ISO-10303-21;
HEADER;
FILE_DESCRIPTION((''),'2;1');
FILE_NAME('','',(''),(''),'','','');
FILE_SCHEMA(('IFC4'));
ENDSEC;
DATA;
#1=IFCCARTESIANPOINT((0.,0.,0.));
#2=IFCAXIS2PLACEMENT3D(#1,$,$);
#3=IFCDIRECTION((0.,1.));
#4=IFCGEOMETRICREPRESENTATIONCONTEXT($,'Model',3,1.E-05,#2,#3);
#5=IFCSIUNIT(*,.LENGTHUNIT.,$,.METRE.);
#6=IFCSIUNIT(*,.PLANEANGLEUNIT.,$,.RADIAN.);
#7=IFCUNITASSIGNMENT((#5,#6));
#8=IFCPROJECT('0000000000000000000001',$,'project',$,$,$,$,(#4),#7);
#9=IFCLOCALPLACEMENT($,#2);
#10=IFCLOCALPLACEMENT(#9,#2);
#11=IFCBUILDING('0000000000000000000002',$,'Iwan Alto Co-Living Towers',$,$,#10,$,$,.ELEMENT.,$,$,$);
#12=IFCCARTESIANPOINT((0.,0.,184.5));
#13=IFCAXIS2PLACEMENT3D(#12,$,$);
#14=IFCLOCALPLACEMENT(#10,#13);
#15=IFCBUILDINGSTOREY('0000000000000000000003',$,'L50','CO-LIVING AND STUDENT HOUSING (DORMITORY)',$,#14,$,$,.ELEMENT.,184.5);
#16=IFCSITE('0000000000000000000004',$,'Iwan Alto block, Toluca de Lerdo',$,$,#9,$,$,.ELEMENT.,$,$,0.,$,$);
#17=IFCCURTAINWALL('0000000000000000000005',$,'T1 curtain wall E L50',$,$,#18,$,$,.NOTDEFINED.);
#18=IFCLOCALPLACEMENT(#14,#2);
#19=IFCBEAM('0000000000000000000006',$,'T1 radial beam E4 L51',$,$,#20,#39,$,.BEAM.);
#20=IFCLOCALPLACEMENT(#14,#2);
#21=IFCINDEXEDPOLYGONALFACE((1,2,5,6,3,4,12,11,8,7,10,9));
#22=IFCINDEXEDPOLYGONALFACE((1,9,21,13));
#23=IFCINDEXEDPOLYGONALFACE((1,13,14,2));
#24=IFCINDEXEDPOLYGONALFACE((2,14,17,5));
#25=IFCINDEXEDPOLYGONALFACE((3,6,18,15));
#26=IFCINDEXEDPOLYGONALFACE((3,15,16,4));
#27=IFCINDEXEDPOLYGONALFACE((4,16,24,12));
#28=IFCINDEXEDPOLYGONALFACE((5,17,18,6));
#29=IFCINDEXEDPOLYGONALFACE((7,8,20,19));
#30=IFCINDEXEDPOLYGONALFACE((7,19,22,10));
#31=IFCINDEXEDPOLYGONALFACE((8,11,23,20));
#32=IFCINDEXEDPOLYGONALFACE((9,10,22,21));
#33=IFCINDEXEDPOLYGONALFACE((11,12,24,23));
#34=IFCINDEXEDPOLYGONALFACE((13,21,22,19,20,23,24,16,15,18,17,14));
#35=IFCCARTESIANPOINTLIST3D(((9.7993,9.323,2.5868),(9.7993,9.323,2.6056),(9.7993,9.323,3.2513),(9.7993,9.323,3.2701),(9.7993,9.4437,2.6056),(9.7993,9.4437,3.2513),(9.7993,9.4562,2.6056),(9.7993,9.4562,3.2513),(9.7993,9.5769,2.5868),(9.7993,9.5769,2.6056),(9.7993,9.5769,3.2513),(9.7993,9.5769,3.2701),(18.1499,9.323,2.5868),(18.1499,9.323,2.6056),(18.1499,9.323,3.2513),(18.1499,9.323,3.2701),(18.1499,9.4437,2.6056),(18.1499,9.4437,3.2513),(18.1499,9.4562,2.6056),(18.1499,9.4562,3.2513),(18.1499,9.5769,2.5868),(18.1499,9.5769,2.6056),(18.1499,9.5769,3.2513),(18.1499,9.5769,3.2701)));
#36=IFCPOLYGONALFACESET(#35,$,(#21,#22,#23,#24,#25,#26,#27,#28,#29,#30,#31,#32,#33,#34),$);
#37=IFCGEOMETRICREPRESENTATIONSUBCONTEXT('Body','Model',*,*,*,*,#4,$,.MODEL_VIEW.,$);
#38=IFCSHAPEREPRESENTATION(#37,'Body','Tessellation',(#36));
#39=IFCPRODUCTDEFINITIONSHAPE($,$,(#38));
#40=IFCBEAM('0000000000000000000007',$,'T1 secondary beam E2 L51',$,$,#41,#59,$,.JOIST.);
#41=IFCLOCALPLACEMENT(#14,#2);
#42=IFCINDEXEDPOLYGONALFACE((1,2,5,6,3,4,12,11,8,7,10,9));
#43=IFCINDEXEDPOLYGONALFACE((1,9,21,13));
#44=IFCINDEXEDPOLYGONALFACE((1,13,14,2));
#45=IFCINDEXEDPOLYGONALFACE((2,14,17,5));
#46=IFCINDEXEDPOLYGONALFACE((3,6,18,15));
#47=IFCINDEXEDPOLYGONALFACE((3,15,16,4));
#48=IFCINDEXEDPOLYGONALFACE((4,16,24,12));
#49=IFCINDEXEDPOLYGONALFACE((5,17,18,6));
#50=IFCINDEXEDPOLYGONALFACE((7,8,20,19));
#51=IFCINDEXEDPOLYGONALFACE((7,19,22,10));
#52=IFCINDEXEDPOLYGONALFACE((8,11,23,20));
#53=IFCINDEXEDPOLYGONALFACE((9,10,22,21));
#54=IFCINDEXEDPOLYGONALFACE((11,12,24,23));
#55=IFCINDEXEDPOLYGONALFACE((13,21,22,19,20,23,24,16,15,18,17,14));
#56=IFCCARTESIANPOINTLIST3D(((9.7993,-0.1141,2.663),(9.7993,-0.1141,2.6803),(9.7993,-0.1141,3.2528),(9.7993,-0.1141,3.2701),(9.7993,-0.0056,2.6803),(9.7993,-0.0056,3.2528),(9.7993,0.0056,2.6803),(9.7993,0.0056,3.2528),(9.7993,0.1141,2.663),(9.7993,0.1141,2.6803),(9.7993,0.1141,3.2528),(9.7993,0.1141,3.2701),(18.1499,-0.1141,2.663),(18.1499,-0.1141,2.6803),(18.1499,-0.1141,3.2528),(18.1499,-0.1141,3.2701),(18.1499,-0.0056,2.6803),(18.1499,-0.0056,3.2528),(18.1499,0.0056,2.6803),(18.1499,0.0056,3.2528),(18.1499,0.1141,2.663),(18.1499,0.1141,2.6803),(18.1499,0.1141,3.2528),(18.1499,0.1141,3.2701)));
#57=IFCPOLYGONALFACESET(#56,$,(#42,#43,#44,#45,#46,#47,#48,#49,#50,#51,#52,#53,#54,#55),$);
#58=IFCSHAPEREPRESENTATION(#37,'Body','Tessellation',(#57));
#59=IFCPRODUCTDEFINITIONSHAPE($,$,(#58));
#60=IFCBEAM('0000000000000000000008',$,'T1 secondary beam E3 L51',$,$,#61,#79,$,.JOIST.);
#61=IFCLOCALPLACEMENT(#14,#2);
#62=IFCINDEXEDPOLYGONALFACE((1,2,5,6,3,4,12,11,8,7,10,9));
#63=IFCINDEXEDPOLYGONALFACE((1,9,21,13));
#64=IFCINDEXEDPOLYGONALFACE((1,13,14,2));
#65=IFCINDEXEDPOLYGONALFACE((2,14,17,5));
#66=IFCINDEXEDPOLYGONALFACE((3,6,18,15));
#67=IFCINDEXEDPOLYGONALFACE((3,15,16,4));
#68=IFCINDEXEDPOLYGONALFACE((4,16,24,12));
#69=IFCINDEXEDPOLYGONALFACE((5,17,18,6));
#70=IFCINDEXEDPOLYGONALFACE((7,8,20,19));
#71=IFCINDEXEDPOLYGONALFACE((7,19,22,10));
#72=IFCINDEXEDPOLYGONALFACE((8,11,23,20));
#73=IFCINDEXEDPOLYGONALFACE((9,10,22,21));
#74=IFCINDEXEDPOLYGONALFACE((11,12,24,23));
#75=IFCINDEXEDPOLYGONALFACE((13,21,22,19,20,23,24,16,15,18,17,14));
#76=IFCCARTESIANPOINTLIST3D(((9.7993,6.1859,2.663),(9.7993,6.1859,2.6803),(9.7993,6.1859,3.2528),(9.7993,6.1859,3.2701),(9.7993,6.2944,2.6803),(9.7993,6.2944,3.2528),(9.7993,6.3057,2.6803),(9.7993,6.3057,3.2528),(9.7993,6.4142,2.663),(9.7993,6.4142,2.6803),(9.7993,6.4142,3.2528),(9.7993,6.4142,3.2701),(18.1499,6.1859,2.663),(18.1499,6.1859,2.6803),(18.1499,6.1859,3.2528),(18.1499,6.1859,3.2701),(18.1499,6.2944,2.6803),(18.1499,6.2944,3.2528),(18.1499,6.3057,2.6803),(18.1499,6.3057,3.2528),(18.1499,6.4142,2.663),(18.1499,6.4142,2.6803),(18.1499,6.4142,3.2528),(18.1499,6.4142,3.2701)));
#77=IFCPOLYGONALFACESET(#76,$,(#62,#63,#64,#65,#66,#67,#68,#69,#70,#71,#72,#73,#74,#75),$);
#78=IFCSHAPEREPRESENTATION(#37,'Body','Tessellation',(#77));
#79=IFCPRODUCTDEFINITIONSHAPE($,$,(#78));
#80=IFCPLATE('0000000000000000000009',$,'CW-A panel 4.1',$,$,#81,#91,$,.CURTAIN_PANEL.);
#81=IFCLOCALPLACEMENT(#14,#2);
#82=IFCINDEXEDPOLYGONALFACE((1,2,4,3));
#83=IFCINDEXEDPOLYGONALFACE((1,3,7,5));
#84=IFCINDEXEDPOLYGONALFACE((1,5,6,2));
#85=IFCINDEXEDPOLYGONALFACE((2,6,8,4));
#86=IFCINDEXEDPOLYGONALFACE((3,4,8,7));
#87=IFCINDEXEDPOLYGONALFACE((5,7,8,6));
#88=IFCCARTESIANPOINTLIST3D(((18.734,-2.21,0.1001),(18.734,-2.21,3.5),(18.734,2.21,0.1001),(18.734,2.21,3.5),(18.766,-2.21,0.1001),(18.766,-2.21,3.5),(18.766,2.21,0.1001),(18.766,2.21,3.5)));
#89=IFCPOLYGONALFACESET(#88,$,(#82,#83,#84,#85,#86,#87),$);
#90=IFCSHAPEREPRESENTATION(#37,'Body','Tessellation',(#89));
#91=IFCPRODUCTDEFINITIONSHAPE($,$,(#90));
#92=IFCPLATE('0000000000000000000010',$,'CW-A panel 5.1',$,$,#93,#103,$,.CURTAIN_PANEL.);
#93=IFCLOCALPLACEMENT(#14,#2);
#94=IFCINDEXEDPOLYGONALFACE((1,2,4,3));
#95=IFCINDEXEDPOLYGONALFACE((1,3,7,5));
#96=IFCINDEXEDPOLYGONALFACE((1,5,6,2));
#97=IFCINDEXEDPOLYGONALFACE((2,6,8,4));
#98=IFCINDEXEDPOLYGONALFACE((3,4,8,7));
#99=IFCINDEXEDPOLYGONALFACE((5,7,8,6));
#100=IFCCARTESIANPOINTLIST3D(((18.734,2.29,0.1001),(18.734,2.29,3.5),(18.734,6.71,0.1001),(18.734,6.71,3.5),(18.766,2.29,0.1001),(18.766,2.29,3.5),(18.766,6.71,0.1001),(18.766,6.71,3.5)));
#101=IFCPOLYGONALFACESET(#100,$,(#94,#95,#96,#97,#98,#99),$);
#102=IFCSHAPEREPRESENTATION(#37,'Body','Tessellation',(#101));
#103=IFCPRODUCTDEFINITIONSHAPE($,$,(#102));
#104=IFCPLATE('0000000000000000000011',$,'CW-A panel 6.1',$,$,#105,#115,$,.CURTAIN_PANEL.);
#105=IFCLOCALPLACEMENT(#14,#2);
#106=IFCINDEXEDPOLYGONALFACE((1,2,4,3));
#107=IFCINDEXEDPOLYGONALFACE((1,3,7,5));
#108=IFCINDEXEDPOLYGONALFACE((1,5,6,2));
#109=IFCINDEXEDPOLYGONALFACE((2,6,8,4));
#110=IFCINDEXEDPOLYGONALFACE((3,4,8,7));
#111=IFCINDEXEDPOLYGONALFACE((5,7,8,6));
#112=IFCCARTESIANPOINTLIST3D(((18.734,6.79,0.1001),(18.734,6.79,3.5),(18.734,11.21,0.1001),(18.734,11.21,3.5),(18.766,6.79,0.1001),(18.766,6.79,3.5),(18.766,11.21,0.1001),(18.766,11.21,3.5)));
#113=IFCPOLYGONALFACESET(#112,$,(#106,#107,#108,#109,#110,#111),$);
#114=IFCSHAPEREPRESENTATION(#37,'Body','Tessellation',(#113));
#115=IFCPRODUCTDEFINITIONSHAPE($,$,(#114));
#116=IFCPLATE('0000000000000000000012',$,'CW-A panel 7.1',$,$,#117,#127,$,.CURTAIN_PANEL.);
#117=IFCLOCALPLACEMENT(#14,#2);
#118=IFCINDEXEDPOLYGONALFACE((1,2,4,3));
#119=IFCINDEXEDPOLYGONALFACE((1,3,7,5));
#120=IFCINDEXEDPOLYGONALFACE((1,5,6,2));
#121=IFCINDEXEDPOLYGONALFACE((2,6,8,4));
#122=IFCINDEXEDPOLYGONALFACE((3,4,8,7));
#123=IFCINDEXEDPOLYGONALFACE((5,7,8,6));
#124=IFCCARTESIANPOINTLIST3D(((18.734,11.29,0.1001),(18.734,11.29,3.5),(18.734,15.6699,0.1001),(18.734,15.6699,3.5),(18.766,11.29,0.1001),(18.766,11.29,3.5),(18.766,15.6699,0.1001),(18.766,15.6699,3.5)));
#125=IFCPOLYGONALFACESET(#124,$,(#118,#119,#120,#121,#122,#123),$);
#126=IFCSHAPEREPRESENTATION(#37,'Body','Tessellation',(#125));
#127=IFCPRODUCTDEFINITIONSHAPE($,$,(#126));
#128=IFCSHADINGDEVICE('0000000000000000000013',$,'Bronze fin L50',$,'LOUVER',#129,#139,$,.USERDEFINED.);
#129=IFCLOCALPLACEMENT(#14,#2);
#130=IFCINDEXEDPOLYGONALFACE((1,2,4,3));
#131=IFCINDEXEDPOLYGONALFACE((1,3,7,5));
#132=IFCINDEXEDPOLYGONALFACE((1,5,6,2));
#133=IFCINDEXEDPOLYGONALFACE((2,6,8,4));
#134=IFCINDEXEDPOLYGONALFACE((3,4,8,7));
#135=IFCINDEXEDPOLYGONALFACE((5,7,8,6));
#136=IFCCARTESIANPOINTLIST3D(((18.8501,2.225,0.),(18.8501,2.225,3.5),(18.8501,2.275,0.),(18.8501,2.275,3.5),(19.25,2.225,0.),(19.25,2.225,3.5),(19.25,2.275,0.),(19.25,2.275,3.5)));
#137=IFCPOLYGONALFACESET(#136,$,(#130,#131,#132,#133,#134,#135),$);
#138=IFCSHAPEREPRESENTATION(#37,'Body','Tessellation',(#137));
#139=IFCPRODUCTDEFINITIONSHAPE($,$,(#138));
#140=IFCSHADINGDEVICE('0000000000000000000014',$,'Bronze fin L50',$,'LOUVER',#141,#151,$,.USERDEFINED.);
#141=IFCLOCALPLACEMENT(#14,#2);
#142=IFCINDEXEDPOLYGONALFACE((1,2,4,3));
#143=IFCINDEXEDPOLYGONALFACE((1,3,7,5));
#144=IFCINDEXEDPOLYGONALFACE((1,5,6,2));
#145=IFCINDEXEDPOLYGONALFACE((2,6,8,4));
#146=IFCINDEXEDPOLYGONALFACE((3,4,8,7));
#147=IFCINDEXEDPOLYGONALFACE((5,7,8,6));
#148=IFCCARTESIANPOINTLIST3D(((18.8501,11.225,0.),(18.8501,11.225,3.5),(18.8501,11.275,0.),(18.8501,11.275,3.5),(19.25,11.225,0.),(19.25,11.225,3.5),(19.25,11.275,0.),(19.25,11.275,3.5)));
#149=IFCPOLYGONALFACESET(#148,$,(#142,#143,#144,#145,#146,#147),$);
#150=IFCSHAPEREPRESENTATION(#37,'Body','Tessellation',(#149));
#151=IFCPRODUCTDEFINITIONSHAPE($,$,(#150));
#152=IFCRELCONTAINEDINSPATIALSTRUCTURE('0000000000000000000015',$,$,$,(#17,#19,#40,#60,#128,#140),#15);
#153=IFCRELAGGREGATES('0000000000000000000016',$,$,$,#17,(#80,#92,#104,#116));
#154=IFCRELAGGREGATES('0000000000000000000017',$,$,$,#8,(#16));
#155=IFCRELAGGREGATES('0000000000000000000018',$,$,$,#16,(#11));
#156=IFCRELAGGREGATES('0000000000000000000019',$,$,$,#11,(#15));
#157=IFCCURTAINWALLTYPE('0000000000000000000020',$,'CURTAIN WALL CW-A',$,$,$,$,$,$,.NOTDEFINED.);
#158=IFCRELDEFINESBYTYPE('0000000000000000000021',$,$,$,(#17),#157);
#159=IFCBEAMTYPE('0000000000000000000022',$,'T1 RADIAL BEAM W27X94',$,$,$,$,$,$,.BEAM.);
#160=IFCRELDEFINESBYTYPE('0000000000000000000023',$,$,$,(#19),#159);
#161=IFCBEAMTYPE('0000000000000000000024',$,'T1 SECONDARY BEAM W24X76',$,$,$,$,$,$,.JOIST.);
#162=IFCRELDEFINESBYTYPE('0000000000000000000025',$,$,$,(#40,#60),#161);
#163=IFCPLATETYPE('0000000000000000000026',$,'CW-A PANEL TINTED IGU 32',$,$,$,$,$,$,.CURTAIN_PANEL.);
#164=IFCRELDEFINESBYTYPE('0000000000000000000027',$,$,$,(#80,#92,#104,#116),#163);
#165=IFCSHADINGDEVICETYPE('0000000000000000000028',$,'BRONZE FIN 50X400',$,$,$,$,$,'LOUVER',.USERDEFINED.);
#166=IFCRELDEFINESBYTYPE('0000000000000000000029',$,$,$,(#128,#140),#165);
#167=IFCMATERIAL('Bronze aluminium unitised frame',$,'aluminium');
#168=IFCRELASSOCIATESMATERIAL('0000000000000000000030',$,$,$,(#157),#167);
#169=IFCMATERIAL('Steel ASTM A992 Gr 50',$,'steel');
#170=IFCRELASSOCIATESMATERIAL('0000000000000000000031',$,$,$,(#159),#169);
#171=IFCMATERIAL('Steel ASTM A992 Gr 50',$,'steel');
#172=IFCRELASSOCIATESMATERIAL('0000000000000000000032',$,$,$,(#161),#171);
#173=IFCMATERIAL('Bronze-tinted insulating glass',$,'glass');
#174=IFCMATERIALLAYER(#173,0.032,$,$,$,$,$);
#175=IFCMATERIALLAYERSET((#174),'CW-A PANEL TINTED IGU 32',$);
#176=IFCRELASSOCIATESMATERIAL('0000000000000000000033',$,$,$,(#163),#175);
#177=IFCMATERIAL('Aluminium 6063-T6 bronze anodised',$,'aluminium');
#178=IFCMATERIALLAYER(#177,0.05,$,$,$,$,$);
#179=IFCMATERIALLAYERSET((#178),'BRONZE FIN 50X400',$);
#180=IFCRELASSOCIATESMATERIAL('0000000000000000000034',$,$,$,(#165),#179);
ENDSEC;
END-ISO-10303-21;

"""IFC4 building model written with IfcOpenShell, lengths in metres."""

from ifc_helpers import new_model, si_unit, direction, frame, origin, origin_2d, place, context, subcontext, project, spatial, rectangle, i_section, extrude, material, layer, layer_set, material_profile, profile_set, type_object, element, aggregate, save


model = new_model("IFC4")

# Units and contexts
model_context = context("Model", 3, precision=1e-05, world=origin(), true_north=direction((0.0, 1.0)))
body_context = subcontext(model_context, "Body", "Model", "MODEL_VIEW")
ifc_project = project(units=[si_unit("LENGTHUNIT", "METRE"), si_unit("PLANEANGLEUNIT", "RADIAN")], contexts=[model_context])

# Site, building, storey
site_placement = place(None, origin())
site = spatial("IfcSite", under=ifc_project, at=site_placement, Name="Iwan Alto block, Toluca de Lerdo", CompositionType="ELEMENT", RefElevation=0.0)
building_placement = place(site_placement, origin())
building = spatial("IfcBuilding", under=site, at=building_placement, Name="Iwan Alto Co-Living Towers", CompositionType="ELEMENT")
storey_placement = place(building_placement, frame((0.0, 0.0, 184.5)))
storey = spatial("IfcBuildingStorey", under=building, at=storey_placement, Name="L50", Description="CO-LIVING AND STUDENT HOUSING (DORMITORY)", CompositionType="ELEMENT", Elevation=184.5)

# Curtain wall
ifc_material_1 = material(Name="Bronze aluminium unitised frame", Category="aluminium")
curtain_wall_type = type_object("IfcCurtainWallType", Name="CURTAIN WALL CW-A", PredefinedType="NOTDEFINED", material=ifc_material_1)
curtain_wall_placement = place(storey_placement, origin())
curtain_wall = element("IfcCurtainWall", 1, at=curtain_wall_placement, inside=storey, type_object=curtain_wall_type, Name="T1 curtain wall E L50", PredefinedType="NOTDEFINED")

# Beams
ifc_material_2 = material(Name="Steel ASTM A992 Gr 50", Category="steel")
ifc_material_profile_1 = material_profile(ifc_material_2, i_section(OverallWidth=0.2539, OverallDepth=0.6833, WebThickness=0.0125, FlangeThickness=0.0188, at=origin_2d()), Name="W27X94")
ifc_profile_set_1 = profile_set([ifc_material_profile_1], Name="Steel ASTM A992 Gr 50")
beam_type_1 = type_object("IfcBeamType", Name="T1 RADIAL BEAM W27X94", PredefinedType="BEAM", material=ifc_profile_set_1)
for number, where, z_axis, x_axis, name in (
    (2, (18.1499, 9.45, 2.9285), (-1.0, 0.0, 0.0), (0.0, -1.0, 0.0), "T1 radial beam E4 L51"),
):
    element("IfcBeam", number, at=place(storey_placement, frame(where, z_axis=z_axis, x_axis=x_axis)), inside=storey, type_object=beam_type_1, Name=name, PredefinedType="BEAM", context=body_context, shape_type="SweptSolid", body=[
        extrude(i_section(OverallWidth=0.2539, OverallDepth=0.6833, WebThickness=0.0125, FlangeThickness=0.0188, at=origin_2d()), origin(), (0.0, 0.0, 1.0), 8.3506),
    ])
ifc_material_3 = material(Name="Steel ASTM A992 Gr 50", Category="steel")
ifc_material_profile_2 = material_profile(ifc_material_3, i_section(OverallWidth=0.2283, OverallDepth=0.6072, WebThickness=0.0112, FlangeThickness=0.0173, at=origin_2d()), Name="W24X76")
ifc_profile_set_2 = profile_set([ifc_material_profile_2], Name="Steel ASTM A992 Gr 50")
beam_type_2 = type_object("IfcBeamType", Name="T1 SECONDARY BEAM W24X76", PredefinedType="JOIST", material=ifc_profile_set_2)
for number, where, z_axis, x_axis, name in (
    (3, (18.1499, 0.0, 2.9666), (-1.0, 0.0, 0.0), (0.0, -1.0, 0.0), "T1 secondary beam E2 L51"),
    (4, (18.1499, 6.3, 2.9666), (-1.0, 0.0, 0.0), (0.0, -1.0, 0.0), "T1 secondary beam E3 L51"),
):
    element("IfcBeam", number, at=place(storey_placement, frame(where, z_axis=z_axis, x_axis=x_axis)), inside=storey, type_object=beam_type_2, Name=name, PredefinedType="JOIST", context=body_context, shape_type="SweptSolid", body=[
        extrude(i_section(OverallWidth=0.2283, OverallDepth=0.6072, WebThickness=0.0112, FlangeThickness=0.0173, at=origin_2d()), origin(), (0.0, 0.0, 1.0), 8.3506),
    ])

# Plates
ifc_material_4 = material(Name="Bronze-tinted insulating glass", Category="glass")
ifc_layer_1 = layer(ifc_material_4, 0.032)
ifc_layer_set_1 = layer_set([ifc_layer_1], Name="CW-A PANEL TINTED IGU 32")
plate_type = type_object("IfcPlateType", Name="CW-A PANEL TINTED IGU 32", PredefinedType="CURTAIN_PANEL", material=ifc_layer_set_1)
plate_1_placement = place(storey_placement, frame((18.75, 0.0, 0.1001), z_axis=(0.0, 0.0, 1.0), x_axis=(0.0, 1.0, 0.0)))
plate_1 = element("IfcPlate", 5, at=plate_1_placement, type_object=plate_type, Name="CW-A panel 4.1", PredefinedType="CURTAIN_PANEL", context=body_context, shape_type="SweptSolid", body=[
    extrude(rectangle(XDim=4.4199, YDim=0.032, at=origin_2d()), origin(), (0.0, 0.0, 1.0), 3.3999),
])
plate_2_placement = place(storey_placement, frame((18.75, 4.5, 0.1001), z_axis=(0.0, 0.0, 1.0), x_axis=(0.0, 1.0, 0.0)))
plate_2 = element("IfcPlate", 6, at=plate_2_placement, type_object=plate_type, Name="CW-A panel 5.1", PredefinedType="CURTAIN_PANEL", context=body_context, shape_type="SweptSolid", body=[
    extrude(rectangle(XDim=4.4199, YDim=0.032, at=origin_2d()), origin(), (0.0, 0.0, 1.0), 3.3999),
])
plate_3_placement = place(storey_placement, frame((18.75, 9.0, 0.1001), z_axis=(0.0, 0.0, 1.0), x_axis=(0.0, 1.0, 0.0)))
plate_3 = element("IfcPlate", 7, at=plate_3_placement, type_object=plate_type, Name="CW-A panel 6.1", PredefinedType="CURTAIN_PANEL", context=body_context, shape_type="SweptSolid", body=[
    extrude(rectangle(XDim=4.4199, YDim=0.032, at=origin_2d()), origin(), (0.0, 0.0, 1.0), 3.3999),
])
plate_4_placement = place(storey_placement, frame((18.75, 13.48, 0.1001), z_axis=(0.0, 0.0, 1.0), x_axis=(0.0, 1.0, 0.0)))
plate_4 = element("IfcPlate", 8, at=plate_4_placement, type_object=plate_type, Name="CW-A panel 7.1", PredefinedType="CURTAIN_PANEL", context=body_context, shape_type="SweptSolid", body=[
    extrude(rectangle(XDim=4.3799, YDim=0.032, at=origin_2d()), origin(), (0.0, 0.0, 1.0), 3.3999),
])
aggregate(curtain_wall, [plate_1, plate_2, plate_3, plate_4])

# Shading devices
ifc_material_5 = material(Name="Aluminium 6063-T6 bronze anodised", Category="aluminium")
ifc_layer_2 = layer(ifc_material_5, 0.05)
ifc_layer_set_2 = layer_set([ifc_layer_2], Name="BRONZE FIN 50X400")
shading_device_type = type_object("IfcShadingDeviceType", Name="BRONZE FIN 50X400", ElementType="LOUVER", PredefinedType="USERDEFINED", material=ifc_layer_set_2)
for number, where, z_axis, x_axis, name in (
    (9, (19.05, 2.25, 0.0), (0.0, 0.0, 1.0), (0.0, 1.0, 0.0), "Bronze fin L50"),
    (10, (19.05, 11.25, 0.0), (0.0, 0.0, 1.0), (0.0, 1.0, 0.0), "Bronze fin L50"),
):
    element("IfcShadingDevice", number, at=place(storey_placement, frame(where, z_axis=z_axis, x_axis=x_axis)), inside=storey, type_object=shading_device_type, Name=name, ObjectType="LOUVER", PredefinedType="USERDEFINED", context=body_context, shape_type="SweptSolid", body=[
        extrude(rectangle(XDim=0.05, YDim=0.3999, at=origin_2d()), origin(), (0.0, 0.0, 1.0), 3.5),
    ])

save(model, "model.ifc")
